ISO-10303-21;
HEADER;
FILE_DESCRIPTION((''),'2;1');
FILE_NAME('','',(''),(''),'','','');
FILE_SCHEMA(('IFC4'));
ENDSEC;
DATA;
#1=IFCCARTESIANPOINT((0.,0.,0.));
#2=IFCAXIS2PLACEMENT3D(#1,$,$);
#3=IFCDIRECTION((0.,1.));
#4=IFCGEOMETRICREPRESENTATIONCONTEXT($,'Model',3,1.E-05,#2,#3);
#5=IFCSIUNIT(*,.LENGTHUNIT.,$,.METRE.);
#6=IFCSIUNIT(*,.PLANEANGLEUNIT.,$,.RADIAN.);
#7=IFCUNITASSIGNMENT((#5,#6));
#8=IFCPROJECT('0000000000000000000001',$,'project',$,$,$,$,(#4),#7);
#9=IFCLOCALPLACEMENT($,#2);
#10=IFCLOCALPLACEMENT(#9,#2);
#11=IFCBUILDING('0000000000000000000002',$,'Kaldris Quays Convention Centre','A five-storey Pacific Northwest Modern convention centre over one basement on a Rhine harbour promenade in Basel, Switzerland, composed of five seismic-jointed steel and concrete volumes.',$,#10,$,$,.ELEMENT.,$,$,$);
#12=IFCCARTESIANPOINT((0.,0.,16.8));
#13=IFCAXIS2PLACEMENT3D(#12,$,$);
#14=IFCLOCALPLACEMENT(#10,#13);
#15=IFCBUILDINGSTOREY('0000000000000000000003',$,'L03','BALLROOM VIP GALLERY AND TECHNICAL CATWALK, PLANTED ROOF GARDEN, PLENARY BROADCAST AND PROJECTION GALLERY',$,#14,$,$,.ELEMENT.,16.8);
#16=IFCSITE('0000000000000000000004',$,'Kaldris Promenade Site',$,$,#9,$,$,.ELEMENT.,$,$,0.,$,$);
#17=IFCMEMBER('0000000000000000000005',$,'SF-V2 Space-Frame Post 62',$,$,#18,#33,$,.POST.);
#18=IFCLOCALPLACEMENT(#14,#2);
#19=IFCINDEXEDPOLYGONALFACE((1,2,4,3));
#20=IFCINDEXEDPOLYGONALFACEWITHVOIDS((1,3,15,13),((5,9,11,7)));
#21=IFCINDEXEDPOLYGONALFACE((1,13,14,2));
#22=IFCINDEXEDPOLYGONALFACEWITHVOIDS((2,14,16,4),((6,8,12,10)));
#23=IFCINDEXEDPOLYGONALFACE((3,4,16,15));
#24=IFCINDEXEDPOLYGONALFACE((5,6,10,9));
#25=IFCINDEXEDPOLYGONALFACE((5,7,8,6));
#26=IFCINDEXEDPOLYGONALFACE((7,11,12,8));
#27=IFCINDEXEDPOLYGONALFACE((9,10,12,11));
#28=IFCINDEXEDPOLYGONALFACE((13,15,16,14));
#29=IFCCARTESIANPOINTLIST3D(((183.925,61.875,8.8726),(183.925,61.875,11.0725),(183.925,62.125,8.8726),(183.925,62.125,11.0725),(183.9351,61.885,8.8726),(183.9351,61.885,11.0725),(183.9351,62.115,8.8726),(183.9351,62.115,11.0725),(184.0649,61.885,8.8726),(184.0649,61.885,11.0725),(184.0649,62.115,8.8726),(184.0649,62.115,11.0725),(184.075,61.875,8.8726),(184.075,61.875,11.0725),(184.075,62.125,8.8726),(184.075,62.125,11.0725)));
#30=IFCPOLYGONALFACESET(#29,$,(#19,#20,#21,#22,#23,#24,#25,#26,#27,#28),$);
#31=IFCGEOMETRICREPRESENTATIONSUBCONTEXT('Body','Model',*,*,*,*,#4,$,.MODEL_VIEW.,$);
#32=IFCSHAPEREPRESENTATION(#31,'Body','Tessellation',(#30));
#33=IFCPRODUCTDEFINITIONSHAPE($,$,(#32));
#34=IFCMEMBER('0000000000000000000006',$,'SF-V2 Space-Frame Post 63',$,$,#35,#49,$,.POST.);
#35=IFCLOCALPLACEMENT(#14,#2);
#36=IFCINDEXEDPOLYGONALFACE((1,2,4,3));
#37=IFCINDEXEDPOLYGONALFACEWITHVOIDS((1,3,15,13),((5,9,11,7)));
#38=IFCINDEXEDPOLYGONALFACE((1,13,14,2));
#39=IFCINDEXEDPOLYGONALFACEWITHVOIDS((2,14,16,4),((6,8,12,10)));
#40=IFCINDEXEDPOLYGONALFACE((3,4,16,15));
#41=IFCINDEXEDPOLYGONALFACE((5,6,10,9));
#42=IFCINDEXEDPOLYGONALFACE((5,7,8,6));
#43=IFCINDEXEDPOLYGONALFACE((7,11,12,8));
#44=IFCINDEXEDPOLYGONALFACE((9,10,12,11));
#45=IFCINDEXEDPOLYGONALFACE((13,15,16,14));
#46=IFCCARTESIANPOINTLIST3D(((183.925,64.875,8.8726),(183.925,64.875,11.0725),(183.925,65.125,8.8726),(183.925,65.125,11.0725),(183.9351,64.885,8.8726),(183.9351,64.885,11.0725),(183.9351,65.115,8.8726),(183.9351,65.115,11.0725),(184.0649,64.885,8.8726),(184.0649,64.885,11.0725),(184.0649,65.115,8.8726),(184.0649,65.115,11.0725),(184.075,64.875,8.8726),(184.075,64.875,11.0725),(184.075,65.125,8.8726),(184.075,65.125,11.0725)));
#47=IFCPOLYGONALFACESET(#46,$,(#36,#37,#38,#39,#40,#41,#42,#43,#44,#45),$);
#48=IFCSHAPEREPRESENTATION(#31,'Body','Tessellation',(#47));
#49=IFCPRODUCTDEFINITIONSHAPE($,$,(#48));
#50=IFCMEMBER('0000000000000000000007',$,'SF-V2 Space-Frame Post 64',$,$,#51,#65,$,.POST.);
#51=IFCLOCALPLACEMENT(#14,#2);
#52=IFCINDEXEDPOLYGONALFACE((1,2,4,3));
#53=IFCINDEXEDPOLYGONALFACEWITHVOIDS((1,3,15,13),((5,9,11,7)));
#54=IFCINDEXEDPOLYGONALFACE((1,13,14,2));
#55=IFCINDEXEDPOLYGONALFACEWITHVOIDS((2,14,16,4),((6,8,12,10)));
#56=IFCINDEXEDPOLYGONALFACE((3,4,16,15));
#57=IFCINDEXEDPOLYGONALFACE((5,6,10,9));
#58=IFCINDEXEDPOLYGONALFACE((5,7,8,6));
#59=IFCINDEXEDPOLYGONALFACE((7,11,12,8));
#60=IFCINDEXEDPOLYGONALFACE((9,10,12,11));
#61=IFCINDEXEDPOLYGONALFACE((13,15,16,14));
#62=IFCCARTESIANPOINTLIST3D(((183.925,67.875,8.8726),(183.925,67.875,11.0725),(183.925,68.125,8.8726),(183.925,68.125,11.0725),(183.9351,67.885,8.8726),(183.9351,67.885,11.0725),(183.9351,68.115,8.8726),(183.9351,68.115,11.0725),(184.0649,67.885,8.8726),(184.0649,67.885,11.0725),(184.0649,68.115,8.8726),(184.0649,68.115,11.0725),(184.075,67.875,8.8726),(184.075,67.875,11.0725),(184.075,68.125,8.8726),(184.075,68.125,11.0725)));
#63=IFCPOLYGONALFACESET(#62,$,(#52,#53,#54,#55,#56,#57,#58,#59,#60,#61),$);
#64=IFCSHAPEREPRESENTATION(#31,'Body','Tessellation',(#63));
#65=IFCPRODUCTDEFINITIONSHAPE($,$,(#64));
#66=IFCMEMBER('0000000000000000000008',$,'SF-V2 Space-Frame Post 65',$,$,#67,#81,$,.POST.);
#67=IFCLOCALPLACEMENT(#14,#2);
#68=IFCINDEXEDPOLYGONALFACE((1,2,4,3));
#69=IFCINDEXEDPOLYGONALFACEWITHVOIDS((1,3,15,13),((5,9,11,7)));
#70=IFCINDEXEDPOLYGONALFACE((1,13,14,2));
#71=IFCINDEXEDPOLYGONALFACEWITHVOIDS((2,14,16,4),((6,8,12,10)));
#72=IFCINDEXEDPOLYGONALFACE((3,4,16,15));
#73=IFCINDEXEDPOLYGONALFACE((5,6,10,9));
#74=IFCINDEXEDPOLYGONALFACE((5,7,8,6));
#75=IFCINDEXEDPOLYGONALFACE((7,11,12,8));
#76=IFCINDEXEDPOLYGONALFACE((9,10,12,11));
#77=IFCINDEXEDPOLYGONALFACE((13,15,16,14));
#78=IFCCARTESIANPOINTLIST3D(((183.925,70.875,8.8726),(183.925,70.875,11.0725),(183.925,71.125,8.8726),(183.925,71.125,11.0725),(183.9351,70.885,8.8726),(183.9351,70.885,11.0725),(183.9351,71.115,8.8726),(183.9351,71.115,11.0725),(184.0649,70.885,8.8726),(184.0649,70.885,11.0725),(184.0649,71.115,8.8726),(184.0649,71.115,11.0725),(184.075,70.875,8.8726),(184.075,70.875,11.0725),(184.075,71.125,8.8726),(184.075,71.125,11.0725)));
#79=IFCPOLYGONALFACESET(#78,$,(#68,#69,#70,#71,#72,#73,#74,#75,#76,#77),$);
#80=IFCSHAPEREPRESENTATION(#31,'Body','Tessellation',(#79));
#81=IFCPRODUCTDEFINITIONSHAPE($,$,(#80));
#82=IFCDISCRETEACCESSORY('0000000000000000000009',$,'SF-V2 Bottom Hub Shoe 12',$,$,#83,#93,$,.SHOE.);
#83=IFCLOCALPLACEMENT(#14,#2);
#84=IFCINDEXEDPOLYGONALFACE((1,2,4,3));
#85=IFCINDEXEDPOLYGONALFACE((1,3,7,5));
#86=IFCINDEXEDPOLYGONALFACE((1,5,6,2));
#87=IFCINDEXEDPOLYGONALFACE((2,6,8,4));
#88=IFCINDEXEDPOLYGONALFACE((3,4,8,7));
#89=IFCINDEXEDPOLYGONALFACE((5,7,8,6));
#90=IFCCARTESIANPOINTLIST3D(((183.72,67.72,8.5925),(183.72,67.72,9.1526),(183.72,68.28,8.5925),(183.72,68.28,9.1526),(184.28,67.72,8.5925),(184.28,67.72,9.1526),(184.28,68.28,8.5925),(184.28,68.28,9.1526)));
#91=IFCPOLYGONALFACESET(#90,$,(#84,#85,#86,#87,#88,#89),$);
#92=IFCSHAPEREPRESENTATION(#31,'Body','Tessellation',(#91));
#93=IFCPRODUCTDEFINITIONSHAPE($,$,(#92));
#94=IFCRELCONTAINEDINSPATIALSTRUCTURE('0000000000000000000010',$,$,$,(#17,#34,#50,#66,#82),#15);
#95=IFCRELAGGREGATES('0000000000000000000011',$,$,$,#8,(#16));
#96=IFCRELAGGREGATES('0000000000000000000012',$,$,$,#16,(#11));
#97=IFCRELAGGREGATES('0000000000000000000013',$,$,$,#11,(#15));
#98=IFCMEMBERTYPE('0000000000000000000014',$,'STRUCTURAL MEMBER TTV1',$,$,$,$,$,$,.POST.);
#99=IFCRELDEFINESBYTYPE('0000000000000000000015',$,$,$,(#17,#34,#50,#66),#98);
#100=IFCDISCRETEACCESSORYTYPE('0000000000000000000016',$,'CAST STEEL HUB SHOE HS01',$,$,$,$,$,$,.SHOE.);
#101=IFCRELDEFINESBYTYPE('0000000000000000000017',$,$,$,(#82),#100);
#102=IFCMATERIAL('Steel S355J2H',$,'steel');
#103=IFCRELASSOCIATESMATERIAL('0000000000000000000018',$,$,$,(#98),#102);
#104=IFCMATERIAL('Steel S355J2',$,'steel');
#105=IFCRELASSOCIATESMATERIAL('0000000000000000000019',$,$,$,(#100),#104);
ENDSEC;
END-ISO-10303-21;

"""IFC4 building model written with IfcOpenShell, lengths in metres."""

from ifc_helpers import new_model, si_unit, direction, frame, origin, origin_2d, place, context, subcontext, project, spatial, rectangle, hollow_rectangle, extrude, material, material_profile, profile_set, type_object, element, save


model = new_model("IFC4")

# Units and contexts
model_context = context("Model", 3, precision=1e-05, world=origin(), true_north=direction((0.0, 1.0)))
body_context = subcontext(model_context, "Body", "Model", "MODEL_VIEW")
ifc_project = project(units=[si_unit("LENGTHUNIT", "METRE"), si_unit("PLANEANGLEUNIT", "RADIAN")], contexts=[model_context])

# Site, building, storey
site_placement = place(None, origin())
site = spatial("IfcSite", under=ifc_project, at=site_placement, Name="Kaldris Promenade Site", CompositionType="ELEMENT", RefElevation=0.0)
building_placement = place(site_placement, origin())
building = spatial("IfcBuilding", under=site, at=building_placement, Name="Kaldris Quays Convention Centre", Description="A five-storey Pacific Northwest Modern convention centre over one basement on a Rhine harbour promenade in Basel, Switzerland, composed of five seismic-jointed steel and concrete volumes.", CompositionType="ELEMENT")
storey_placement = place(building_placement, frame((0.0, 0.0, 16.8)))
storey = spatial("IfcBuildingStorey", under=building, at=storey_placement, Name="L03", Description="BALLROOM VIP GALLERY AND TECHNICAL CATWALK, PLANTED ROOF GARDEN, PLENARY BROADCAST AND PROJECTION GALLERY", CompositionType="ELEMENT", Elevation=16.8)

# Members
ifc_material_1 = material(Name="Steel S355J2H", Category="steel")
ifc_material_profile_1 = material_profile(ifc_material_1, hollow_rectangle(XDim=0.1499, YDim=0.25, WallThickness=0.01, at=origin_2d()), Name="RHS 250x150x10")
ifc_profile_set_1 = profile_set([ifc_material_profile_1], Name="Steel S355J2H")
member_type_1 = type_object("IfcMemberType", Name="STRUCTURAL MEMBER TTV1", PredefinedType="POST", material=ifc_profile_set_1)
for number, where, z_axis, x_axis, name in (
    (1, (184.0, 62.0, 8.8726), (0.0, 0.0, 1.0), (1.0, 0.0, 0.0), "SF-V2 Space-Frame Post 62"),
    (2, (184.0, 65.0, 8.8726), (0.0, 0.0, 1.0), (1.0, 0.0, 0.0), "SF-V2 Space-Frame Post 63"),
    (3, (184.0, 68.0, 8.8726), (0.0, 0.0, 1.0), (1.0, 0.0, 0.0), "SF-V2 Space-Frame Post 64"),
    (4, (184.0, 71.0, 8.8726), (0.0, 0.0, 1.0), (1.0, 0.0, 0.0), "SF-V2 Space-Frame Post 65"),
):
    element("IfcMember", number, at=place(storey_placement, frame(where, z_axis=z_axis, x_axis=x_axis)), inside=storey, type_object=member_type_1, Name=name, PredefinedType="POST", context=body_context, shape_type="SweptSolid", body=[
        extrude(hollow_rectangle(XDim=0.1499, YDim=0.25, WallThickness=0.01, at=origin_2d()), origin(), (0.0, 0.0, 1.0), 2.2),
    ])

# Discrete accessory
ifc_material_2 = material(Name="Steel S355J2", Category="steel")
discrete_accessory_type = type_object("IfcDiscreteAccessoryType", Name="CAST STEEL HUB SHOE HS01", PredefinedType="SHOE", material=ifc_material_2)
discrete_accessory_placement = place(storey_placement, frame((184.0, 68.0, 8.5925), z_axis=(0.0, 0.0, 1.0), x_axis=(1.0, 0.0, 0.0)))
element("IfcDiscreteAccessory", 5, at=discrete_accessory_placement, inside=storey, type_object=discrete_accessory_type, Name="SF-V2 Bottom Hub Shoe 12", PredefinedType="SHOE", context=body_context, shape_type="SweptSolid", body=[
    extrude(rectangle(XDim=0.5601, YDim=0.5601, at=origin_2d()), origin(), (0.0, 0.0, 1.0), 0.5601),
])

save(model, "model.ifc")
